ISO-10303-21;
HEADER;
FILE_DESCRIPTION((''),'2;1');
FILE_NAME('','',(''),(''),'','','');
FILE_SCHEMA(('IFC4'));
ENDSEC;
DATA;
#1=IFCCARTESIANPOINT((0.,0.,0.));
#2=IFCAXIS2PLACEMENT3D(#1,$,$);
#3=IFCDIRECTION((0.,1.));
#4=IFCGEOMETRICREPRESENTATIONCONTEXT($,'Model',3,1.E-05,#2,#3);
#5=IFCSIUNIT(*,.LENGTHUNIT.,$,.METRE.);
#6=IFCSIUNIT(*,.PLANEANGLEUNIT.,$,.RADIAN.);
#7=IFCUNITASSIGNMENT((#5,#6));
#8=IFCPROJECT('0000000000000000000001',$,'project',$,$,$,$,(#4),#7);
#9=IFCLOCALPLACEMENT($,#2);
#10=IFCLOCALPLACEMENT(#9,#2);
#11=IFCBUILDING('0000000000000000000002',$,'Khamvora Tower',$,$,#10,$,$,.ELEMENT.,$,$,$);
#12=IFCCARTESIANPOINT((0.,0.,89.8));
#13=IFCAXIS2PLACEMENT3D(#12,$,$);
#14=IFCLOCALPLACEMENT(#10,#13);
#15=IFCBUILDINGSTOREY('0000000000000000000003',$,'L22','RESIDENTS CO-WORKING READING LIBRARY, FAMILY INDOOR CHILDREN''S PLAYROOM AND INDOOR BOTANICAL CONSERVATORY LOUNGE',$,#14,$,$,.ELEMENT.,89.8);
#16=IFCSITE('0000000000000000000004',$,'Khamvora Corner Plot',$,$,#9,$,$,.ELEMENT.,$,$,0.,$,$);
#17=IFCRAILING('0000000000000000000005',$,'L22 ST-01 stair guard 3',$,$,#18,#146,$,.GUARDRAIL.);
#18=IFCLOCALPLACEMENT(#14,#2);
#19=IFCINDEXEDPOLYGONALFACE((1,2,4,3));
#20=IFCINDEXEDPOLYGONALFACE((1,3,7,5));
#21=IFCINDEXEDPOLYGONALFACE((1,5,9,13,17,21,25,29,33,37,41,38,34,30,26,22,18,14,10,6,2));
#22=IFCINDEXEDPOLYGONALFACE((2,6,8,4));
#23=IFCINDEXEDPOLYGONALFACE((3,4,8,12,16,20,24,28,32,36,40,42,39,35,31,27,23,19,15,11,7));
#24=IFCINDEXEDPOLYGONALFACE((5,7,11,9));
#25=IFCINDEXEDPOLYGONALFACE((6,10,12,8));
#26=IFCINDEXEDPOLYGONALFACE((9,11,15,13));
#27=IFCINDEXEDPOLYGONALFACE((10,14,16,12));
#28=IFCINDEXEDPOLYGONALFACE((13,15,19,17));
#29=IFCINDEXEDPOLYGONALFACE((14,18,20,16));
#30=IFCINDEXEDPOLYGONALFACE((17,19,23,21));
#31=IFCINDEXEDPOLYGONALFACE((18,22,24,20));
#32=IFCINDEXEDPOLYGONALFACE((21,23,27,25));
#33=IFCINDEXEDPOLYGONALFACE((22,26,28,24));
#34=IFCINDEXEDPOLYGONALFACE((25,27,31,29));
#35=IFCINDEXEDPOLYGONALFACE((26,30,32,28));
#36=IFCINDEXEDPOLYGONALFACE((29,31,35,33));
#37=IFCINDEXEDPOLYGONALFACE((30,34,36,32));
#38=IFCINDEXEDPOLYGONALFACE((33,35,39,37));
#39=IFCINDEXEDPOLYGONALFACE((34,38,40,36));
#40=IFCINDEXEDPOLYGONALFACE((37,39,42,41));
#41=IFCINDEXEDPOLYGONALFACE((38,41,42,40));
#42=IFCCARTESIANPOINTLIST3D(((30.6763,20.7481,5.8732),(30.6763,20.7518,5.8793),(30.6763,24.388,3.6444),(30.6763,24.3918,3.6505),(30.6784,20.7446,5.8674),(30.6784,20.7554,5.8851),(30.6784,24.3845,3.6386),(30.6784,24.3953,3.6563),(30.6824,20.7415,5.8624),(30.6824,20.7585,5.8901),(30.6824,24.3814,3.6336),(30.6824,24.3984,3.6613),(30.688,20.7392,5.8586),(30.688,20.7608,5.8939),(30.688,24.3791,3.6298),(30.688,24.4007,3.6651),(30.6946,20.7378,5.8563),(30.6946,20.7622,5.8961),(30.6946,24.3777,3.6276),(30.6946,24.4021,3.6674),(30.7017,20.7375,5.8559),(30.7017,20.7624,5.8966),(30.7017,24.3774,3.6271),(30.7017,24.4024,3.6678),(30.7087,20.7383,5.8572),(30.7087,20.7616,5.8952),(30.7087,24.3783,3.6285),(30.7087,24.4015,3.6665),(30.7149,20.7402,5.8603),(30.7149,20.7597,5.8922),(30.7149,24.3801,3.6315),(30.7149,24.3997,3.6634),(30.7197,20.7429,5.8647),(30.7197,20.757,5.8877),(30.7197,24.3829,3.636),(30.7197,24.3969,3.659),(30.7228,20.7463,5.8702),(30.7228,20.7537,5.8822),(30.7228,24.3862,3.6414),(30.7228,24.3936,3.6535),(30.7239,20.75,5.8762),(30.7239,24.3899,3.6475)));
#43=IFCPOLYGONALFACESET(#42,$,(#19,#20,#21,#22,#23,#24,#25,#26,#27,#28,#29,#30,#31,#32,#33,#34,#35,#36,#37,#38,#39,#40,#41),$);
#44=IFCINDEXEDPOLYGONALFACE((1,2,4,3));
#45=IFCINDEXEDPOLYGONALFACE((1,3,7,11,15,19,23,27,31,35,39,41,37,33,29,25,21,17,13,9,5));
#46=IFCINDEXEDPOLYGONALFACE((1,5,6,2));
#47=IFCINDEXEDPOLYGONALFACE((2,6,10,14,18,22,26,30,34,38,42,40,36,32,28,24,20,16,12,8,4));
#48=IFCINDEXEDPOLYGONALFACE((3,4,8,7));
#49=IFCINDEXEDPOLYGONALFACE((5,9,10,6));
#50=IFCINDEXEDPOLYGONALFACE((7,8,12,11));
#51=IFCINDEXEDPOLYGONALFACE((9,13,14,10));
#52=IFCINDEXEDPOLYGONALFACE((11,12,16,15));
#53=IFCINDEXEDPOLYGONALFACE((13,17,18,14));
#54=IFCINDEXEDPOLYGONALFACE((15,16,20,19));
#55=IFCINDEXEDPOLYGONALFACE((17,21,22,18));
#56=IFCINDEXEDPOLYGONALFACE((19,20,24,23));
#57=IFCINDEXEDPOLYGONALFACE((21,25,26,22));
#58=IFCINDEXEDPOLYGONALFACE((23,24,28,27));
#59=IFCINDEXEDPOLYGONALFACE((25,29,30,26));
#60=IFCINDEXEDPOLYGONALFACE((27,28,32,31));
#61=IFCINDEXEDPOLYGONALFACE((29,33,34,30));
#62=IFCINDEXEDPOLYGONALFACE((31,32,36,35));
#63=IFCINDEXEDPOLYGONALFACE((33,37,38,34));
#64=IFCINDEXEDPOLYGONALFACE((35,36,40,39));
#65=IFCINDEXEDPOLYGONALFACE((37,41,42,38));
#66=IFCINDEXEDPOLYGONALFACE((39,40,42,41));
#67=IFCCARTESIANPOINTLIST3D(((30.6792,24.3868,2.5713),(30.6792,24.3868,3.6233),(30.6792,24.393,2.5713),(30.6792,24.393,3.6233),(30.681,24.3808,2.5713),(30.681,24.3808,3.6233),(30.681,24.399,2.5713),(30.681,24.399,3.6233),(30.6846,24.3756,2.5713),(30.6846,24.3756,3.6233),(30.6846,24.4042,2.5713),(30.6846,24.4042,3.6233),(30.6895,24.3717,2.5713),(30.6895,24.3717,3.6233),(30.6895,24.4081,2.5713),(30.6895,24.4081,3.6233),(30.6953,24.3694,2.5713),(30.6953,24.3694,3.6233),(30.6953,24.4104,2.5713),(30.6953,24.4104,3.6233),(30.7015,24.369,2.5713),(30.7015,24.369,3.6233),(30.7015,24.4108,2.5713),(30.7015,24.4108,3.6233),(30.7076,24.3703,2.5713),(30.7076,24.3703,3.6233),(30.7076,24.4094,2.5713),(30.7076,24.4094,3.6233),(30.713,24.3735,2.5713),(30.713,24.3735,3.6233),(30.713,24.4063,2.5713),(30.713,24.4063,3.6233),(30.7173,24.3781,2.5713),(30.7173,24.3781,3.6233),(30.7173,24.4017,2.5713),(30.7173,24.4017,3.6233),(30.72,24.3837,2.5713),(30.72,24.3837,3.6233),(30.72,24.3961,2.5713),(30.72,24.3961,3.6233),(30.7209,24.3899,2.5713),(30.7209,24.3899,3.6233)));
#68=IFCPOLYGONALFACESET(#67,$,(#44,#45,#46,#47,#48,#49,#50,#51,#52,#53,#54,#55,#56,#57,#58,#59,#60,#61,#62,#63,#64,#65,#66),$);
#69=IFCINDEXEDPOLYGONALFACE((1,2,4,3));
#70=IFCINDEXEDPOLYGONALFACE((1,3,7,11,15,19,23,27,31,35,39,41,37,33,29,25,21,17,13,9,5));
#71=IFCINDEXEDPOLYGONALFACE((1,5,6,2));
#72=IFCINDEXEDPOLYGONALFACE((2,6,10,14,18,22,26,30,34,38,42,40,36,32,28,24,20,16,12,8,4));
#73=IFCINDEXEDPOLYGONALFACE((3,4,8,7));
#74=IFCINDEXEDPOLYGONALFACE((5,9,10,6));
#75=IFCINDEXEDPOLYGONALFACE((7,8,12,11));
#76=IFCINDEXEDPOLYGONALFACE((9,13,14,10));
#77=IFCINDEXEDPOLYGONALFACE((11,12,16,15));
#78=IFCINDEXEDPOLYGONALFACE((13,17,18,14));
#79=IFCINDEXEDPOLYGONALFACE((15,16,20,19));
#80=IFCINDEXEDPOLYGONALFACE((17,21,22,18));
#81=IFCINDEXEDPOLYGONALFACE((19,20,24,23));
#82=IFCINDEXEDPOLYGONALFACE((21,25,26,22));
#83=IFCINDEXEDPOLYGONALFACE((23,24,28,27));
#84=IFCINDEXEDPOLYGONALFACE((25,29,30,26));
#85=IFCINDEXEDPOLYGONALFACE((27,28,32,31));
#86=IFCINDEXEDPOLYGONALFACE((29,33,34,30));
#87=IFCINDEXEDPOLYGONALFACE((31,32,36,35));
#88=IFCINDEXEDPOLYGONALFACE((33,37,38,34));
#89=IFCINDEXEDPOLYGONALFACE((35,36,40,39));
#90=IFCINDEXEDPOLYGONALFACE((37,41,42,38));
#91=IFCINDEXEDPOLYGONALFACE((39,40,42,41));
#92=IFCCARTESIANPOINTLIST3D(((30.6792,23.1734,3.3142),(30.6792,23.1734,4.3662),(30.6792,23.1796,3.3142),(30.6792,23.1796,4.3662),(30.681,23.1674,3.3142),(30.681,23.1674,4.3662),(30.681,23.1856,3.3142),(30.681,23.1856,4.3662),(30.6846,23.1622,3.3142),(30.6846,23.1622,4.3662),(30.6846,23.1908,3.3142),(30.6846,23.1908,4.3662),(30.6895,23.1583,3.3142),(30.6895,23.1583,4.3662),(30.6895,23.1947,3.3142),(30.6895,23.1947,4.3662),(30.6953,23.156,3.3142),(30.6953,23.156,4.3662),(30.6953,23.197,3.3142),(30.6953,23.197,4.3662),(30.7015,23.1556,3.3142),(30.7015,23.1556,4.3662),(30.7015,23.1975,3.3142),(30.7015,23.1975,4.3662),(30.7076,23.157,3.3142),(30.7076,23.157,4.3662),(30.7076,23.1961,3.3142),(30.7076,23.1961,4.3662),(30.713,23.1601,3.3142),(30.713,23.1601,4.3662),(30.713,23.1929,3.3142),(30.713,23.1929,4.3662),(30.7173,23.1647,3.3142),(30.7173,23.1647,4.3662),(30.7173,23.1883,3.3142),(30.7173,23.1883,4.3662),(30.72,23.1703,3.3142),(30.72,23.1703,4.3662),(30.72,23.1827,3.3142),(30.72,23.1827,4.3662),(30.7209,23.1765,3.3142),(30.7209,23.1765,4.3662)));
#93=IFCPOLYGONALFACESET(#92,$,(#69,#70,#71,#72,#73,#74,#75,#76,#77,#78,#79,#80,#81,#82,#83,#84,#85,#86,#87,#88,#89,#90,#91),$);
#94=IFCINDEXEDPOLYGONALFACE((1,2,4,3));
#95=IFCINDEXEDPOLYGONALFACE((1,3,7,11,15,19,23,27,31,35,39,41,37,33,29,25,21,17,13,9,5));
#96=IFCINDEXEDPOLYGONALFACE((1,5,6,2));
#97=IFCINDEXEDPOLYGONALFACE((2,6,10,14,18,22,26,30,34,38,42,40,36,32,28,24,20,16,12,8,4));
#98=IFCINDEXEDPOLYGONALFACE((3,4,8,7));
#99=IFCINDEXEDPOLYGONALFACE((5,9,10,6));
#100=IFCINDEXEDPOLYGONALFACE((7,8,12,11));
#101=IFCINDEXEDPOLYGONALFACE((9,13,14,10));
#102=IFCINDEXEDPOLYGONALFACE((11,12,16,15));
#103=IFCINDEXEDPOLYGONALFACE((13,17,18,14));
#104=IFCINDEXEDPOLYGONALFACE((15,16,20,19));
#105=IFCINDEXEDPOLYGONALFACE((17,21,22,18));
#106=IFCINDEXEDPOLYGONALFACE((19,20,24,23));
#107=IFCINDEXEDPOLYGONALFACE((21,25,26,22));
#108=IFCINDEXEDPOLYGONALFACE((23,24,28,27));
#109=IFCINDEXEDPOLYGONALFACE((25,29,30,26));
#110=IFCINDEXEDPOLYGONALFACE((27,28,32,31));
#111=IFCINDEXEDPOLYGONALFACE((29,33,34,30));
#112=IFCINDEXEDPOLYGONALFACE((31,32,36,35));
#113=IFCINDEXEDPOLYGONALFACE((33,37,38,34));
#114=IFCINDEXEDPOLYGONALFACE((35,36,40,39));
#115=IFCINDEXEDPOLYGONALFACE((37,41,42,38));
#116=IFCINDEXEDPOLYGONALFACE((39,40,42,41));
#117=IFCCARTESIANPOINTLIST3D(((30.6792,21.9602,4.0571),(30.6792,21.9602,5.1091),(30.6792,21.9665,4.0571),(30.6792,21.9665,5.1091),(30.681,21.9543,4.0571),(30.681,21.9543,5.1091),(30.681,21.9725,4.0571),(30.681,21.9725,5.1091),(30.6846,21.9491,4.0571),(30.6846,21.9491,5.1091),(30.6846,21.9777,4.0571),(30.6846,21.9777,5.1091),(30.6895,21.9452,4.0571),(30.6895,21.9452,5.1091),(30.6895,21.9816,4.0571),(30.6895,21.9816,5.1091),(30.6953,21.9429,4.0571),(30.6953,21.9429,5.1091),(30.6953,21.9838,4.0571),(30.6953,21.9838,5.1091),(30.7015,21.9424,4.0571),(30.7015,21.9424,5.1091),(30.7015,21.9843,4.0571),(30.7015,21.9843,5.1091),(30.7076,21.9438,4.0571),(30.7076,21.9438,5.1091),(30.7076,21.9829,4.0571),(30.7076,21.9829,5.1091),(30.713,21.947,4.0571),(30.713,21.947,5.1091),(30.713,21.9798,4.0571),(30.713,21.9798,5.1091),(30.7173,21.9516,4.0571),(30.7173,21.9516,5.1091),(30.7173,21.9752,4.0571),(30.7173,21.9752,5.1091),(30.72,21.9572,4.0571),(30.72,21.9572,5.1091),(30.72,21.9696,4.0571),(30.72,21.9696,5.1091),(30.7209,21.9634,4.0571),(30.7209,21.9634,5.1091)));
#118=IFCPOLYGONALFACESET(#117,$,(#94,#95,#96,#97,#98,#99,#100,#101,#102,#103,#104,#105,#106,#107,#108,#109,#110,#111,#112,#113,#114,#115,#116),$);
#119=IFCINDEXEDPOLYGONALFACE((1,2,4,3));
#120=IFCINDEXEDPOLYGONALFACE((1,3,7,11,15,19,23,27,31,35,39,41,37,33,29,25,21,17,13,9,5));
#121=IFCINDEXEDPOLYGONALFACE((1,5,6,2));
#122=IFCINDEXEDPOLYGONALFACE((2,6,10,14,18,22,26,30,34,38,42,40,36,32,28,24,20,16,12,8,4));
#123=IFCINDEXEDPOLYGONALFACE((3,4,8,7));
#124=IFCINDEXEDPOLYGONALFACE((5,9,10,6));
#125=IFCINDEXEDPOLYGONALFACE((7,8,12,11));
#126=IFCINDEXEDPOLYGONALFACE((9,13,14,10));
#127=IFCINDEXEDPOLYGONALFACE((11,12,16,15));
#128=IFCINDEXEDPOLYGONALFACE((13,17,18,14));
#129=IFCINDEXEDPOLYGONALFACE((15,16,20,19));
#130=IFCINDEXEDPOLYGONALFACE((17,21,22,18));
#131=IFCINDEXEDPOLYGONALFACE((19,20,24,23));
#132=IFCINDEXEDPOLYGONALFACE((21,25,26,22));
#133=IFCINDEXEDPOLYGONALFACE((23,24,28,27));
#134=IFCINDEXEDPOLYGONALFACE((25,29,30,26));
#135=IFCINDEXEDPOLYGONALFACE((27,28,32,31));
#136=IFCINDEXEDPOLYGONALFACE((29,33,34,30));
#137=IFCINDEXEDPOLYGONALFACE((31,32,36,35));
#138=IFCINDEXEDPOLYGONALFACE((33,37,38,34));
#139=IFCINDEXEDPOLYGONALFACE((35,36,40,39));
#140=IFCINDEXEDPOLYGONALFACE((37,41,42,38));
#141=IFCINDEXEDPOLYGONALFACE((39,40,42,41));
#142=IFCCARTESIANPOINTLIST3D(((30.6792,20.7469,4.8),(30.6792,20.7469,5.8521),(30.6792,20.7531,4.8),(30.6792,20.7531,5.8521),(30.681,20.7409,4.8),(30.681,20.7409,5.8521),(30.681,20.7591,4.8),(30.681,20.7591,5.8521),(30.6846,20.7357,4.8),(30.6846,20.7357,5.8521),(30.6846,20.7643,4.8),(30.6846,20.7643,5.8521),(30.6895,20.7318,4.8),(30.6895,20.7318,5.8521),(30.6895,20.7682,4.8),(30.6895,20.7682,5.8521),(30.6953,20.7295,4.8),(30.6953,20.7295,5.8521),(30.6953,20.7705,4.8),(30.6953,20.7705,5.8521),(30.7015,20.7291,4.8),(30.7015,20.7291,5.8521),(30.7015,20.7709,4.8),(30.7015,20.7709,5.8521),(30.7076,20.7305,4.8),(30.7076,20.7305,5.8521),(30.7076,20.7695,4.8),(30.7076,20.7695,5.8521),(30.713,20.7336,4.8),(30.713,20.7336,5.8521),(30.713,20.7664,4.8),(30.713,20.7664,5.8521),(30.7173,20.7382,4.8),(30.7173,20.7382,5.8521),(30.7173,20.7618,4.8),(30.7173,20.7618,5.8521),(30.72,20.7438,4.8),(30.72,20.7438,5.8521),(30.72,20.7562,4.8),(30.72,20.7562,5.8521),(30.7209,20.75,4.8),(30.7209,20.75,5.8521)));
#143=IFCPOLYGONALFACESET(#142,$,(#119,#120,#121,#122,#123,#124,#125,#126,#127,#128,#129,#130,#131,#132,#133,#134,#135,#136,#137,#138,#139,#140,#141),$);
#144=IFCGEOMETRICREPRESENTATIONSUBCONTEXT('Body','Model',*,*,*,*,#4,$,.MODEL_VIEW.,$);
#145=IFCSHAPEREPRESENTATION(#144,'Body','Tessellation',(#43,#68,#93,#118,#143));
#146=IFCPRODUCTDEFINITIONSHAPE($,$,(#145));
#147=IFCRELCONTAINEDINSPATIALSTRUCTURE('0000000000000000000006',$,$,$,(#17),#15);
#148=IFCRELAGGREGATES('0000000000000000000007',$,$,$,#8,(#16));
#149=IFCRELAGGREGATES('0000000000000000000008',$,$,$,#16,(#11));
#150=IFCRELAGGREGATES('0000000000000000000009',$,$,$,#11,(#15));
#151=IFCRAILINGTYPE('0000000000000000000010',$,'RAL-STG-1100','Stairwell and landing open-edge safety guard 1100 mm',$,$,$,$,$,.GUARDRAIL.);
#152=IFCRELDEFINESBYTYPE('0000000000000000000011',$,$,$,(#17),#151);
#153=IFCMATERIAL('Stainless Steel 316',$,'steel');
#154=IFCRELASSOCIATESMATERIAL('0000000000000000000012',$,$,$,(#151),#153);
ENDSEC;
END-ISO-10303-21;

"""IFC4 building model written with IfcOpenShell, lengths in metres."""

from ifc_helpers import new_model, si_unit, direction, frame, origin, origin_2d, place, context, subcontext, project, spatial, circle, extrude, material, type_object, element, save


model = new_model("IFC4")

# Units and contexts
model_context = context("Model", 3, precision=1e-05, world=origin(), true_north=direction((0.0, 1.0)))
body_context = subcontext(model_context, "Body", "Model", "MODEL_VIEW")
ifc_project = project(units=[si_unit("LENGTHUNIT", "METRE"), si_unit("PLANEANGLEUNIT", "RADIAN")], contexts=[model_context])

# Site, building, storey
site_placement = place(None, origin())
site = spatial("IfcSite", under=ifc_project, at=site_placement, Name="Khamvora Corner Plot", CompositionType="ELEMENT", RefElevation=0.0)
building_placement = place(site_placement, origin())
building = spatial("IfcBuilding", under=site, at=building_placement, Name="Khamvora Tower", CompositionType="ELEMENT")
storey_placement = place(building_placement, frame((0.0, 0.0, 89.8)))
storey = spatial("IfcBuildingStorey", under=building, at=storey_placement, Name="L22", Description="RESIDENTS CO-WORKING READING LIBRARY, FAMILY INDOOR CHILDREN'S PLAYROOM AND INDOOR BOTANICAL CONSERVATORY LOUNGE", CompositionType="ELEMENT", Elevation=89.8)

# Railing
ifc_material_1 = material(Name="Stainless Steel 316", Category="steel")
railing_type_1 = type_object("IfcRailingType", Name="RAL-STG-1100", Description="Stairwell and landing open-edge safety guard 1100 mm", PredefinedType="GUARDRAIL", material=ifc_material_1)
railing_1_placement = place(storey_placement, frame((30.7, 24.3899, 2.5713)))
element("IfcRailing", 1, at=railing_1_placement, inside=storey, type_object=railing_type_1, Name="L22 ST-01 stair guard 3", PredefinedType="GUARDRAIL", context=body_context, shape_type="SweptSolid", body=[
    extrude(circle(Radius=0.0239, at=origin_2d()), frame((0.0, 0.0, 1.0762), z_axis=(0.0, -0.852825, 0.522197), x_axis=(1.0, 0.0, 0.0)), (0.0, 0.0, 1.0), 4.2681),
    extrude(circle(Radius=0.021, at=origin_2d()), origin(), (0.0, 0.0, 1.0), 1.052),
    extrude(circle(Radius=0.021, at=origin_2d()), frame((0.0, -1.2134, 0.7429)), (0.0, 0.0, 1.0), 1.052),
    extrude(circle(Radius=0.021, at=origin_2d()), frame((0.0, -2.4265, 1.4858)), (0.0, 0.0, 1.0), 1.052),
    extrude(circle(Radius=0.021, at=origin_2d()), frame((0.0, -3.6399, 2.2288)), (0.0, 0.0, 1.0), 1.052),
])

save(model, "model.ifc")
